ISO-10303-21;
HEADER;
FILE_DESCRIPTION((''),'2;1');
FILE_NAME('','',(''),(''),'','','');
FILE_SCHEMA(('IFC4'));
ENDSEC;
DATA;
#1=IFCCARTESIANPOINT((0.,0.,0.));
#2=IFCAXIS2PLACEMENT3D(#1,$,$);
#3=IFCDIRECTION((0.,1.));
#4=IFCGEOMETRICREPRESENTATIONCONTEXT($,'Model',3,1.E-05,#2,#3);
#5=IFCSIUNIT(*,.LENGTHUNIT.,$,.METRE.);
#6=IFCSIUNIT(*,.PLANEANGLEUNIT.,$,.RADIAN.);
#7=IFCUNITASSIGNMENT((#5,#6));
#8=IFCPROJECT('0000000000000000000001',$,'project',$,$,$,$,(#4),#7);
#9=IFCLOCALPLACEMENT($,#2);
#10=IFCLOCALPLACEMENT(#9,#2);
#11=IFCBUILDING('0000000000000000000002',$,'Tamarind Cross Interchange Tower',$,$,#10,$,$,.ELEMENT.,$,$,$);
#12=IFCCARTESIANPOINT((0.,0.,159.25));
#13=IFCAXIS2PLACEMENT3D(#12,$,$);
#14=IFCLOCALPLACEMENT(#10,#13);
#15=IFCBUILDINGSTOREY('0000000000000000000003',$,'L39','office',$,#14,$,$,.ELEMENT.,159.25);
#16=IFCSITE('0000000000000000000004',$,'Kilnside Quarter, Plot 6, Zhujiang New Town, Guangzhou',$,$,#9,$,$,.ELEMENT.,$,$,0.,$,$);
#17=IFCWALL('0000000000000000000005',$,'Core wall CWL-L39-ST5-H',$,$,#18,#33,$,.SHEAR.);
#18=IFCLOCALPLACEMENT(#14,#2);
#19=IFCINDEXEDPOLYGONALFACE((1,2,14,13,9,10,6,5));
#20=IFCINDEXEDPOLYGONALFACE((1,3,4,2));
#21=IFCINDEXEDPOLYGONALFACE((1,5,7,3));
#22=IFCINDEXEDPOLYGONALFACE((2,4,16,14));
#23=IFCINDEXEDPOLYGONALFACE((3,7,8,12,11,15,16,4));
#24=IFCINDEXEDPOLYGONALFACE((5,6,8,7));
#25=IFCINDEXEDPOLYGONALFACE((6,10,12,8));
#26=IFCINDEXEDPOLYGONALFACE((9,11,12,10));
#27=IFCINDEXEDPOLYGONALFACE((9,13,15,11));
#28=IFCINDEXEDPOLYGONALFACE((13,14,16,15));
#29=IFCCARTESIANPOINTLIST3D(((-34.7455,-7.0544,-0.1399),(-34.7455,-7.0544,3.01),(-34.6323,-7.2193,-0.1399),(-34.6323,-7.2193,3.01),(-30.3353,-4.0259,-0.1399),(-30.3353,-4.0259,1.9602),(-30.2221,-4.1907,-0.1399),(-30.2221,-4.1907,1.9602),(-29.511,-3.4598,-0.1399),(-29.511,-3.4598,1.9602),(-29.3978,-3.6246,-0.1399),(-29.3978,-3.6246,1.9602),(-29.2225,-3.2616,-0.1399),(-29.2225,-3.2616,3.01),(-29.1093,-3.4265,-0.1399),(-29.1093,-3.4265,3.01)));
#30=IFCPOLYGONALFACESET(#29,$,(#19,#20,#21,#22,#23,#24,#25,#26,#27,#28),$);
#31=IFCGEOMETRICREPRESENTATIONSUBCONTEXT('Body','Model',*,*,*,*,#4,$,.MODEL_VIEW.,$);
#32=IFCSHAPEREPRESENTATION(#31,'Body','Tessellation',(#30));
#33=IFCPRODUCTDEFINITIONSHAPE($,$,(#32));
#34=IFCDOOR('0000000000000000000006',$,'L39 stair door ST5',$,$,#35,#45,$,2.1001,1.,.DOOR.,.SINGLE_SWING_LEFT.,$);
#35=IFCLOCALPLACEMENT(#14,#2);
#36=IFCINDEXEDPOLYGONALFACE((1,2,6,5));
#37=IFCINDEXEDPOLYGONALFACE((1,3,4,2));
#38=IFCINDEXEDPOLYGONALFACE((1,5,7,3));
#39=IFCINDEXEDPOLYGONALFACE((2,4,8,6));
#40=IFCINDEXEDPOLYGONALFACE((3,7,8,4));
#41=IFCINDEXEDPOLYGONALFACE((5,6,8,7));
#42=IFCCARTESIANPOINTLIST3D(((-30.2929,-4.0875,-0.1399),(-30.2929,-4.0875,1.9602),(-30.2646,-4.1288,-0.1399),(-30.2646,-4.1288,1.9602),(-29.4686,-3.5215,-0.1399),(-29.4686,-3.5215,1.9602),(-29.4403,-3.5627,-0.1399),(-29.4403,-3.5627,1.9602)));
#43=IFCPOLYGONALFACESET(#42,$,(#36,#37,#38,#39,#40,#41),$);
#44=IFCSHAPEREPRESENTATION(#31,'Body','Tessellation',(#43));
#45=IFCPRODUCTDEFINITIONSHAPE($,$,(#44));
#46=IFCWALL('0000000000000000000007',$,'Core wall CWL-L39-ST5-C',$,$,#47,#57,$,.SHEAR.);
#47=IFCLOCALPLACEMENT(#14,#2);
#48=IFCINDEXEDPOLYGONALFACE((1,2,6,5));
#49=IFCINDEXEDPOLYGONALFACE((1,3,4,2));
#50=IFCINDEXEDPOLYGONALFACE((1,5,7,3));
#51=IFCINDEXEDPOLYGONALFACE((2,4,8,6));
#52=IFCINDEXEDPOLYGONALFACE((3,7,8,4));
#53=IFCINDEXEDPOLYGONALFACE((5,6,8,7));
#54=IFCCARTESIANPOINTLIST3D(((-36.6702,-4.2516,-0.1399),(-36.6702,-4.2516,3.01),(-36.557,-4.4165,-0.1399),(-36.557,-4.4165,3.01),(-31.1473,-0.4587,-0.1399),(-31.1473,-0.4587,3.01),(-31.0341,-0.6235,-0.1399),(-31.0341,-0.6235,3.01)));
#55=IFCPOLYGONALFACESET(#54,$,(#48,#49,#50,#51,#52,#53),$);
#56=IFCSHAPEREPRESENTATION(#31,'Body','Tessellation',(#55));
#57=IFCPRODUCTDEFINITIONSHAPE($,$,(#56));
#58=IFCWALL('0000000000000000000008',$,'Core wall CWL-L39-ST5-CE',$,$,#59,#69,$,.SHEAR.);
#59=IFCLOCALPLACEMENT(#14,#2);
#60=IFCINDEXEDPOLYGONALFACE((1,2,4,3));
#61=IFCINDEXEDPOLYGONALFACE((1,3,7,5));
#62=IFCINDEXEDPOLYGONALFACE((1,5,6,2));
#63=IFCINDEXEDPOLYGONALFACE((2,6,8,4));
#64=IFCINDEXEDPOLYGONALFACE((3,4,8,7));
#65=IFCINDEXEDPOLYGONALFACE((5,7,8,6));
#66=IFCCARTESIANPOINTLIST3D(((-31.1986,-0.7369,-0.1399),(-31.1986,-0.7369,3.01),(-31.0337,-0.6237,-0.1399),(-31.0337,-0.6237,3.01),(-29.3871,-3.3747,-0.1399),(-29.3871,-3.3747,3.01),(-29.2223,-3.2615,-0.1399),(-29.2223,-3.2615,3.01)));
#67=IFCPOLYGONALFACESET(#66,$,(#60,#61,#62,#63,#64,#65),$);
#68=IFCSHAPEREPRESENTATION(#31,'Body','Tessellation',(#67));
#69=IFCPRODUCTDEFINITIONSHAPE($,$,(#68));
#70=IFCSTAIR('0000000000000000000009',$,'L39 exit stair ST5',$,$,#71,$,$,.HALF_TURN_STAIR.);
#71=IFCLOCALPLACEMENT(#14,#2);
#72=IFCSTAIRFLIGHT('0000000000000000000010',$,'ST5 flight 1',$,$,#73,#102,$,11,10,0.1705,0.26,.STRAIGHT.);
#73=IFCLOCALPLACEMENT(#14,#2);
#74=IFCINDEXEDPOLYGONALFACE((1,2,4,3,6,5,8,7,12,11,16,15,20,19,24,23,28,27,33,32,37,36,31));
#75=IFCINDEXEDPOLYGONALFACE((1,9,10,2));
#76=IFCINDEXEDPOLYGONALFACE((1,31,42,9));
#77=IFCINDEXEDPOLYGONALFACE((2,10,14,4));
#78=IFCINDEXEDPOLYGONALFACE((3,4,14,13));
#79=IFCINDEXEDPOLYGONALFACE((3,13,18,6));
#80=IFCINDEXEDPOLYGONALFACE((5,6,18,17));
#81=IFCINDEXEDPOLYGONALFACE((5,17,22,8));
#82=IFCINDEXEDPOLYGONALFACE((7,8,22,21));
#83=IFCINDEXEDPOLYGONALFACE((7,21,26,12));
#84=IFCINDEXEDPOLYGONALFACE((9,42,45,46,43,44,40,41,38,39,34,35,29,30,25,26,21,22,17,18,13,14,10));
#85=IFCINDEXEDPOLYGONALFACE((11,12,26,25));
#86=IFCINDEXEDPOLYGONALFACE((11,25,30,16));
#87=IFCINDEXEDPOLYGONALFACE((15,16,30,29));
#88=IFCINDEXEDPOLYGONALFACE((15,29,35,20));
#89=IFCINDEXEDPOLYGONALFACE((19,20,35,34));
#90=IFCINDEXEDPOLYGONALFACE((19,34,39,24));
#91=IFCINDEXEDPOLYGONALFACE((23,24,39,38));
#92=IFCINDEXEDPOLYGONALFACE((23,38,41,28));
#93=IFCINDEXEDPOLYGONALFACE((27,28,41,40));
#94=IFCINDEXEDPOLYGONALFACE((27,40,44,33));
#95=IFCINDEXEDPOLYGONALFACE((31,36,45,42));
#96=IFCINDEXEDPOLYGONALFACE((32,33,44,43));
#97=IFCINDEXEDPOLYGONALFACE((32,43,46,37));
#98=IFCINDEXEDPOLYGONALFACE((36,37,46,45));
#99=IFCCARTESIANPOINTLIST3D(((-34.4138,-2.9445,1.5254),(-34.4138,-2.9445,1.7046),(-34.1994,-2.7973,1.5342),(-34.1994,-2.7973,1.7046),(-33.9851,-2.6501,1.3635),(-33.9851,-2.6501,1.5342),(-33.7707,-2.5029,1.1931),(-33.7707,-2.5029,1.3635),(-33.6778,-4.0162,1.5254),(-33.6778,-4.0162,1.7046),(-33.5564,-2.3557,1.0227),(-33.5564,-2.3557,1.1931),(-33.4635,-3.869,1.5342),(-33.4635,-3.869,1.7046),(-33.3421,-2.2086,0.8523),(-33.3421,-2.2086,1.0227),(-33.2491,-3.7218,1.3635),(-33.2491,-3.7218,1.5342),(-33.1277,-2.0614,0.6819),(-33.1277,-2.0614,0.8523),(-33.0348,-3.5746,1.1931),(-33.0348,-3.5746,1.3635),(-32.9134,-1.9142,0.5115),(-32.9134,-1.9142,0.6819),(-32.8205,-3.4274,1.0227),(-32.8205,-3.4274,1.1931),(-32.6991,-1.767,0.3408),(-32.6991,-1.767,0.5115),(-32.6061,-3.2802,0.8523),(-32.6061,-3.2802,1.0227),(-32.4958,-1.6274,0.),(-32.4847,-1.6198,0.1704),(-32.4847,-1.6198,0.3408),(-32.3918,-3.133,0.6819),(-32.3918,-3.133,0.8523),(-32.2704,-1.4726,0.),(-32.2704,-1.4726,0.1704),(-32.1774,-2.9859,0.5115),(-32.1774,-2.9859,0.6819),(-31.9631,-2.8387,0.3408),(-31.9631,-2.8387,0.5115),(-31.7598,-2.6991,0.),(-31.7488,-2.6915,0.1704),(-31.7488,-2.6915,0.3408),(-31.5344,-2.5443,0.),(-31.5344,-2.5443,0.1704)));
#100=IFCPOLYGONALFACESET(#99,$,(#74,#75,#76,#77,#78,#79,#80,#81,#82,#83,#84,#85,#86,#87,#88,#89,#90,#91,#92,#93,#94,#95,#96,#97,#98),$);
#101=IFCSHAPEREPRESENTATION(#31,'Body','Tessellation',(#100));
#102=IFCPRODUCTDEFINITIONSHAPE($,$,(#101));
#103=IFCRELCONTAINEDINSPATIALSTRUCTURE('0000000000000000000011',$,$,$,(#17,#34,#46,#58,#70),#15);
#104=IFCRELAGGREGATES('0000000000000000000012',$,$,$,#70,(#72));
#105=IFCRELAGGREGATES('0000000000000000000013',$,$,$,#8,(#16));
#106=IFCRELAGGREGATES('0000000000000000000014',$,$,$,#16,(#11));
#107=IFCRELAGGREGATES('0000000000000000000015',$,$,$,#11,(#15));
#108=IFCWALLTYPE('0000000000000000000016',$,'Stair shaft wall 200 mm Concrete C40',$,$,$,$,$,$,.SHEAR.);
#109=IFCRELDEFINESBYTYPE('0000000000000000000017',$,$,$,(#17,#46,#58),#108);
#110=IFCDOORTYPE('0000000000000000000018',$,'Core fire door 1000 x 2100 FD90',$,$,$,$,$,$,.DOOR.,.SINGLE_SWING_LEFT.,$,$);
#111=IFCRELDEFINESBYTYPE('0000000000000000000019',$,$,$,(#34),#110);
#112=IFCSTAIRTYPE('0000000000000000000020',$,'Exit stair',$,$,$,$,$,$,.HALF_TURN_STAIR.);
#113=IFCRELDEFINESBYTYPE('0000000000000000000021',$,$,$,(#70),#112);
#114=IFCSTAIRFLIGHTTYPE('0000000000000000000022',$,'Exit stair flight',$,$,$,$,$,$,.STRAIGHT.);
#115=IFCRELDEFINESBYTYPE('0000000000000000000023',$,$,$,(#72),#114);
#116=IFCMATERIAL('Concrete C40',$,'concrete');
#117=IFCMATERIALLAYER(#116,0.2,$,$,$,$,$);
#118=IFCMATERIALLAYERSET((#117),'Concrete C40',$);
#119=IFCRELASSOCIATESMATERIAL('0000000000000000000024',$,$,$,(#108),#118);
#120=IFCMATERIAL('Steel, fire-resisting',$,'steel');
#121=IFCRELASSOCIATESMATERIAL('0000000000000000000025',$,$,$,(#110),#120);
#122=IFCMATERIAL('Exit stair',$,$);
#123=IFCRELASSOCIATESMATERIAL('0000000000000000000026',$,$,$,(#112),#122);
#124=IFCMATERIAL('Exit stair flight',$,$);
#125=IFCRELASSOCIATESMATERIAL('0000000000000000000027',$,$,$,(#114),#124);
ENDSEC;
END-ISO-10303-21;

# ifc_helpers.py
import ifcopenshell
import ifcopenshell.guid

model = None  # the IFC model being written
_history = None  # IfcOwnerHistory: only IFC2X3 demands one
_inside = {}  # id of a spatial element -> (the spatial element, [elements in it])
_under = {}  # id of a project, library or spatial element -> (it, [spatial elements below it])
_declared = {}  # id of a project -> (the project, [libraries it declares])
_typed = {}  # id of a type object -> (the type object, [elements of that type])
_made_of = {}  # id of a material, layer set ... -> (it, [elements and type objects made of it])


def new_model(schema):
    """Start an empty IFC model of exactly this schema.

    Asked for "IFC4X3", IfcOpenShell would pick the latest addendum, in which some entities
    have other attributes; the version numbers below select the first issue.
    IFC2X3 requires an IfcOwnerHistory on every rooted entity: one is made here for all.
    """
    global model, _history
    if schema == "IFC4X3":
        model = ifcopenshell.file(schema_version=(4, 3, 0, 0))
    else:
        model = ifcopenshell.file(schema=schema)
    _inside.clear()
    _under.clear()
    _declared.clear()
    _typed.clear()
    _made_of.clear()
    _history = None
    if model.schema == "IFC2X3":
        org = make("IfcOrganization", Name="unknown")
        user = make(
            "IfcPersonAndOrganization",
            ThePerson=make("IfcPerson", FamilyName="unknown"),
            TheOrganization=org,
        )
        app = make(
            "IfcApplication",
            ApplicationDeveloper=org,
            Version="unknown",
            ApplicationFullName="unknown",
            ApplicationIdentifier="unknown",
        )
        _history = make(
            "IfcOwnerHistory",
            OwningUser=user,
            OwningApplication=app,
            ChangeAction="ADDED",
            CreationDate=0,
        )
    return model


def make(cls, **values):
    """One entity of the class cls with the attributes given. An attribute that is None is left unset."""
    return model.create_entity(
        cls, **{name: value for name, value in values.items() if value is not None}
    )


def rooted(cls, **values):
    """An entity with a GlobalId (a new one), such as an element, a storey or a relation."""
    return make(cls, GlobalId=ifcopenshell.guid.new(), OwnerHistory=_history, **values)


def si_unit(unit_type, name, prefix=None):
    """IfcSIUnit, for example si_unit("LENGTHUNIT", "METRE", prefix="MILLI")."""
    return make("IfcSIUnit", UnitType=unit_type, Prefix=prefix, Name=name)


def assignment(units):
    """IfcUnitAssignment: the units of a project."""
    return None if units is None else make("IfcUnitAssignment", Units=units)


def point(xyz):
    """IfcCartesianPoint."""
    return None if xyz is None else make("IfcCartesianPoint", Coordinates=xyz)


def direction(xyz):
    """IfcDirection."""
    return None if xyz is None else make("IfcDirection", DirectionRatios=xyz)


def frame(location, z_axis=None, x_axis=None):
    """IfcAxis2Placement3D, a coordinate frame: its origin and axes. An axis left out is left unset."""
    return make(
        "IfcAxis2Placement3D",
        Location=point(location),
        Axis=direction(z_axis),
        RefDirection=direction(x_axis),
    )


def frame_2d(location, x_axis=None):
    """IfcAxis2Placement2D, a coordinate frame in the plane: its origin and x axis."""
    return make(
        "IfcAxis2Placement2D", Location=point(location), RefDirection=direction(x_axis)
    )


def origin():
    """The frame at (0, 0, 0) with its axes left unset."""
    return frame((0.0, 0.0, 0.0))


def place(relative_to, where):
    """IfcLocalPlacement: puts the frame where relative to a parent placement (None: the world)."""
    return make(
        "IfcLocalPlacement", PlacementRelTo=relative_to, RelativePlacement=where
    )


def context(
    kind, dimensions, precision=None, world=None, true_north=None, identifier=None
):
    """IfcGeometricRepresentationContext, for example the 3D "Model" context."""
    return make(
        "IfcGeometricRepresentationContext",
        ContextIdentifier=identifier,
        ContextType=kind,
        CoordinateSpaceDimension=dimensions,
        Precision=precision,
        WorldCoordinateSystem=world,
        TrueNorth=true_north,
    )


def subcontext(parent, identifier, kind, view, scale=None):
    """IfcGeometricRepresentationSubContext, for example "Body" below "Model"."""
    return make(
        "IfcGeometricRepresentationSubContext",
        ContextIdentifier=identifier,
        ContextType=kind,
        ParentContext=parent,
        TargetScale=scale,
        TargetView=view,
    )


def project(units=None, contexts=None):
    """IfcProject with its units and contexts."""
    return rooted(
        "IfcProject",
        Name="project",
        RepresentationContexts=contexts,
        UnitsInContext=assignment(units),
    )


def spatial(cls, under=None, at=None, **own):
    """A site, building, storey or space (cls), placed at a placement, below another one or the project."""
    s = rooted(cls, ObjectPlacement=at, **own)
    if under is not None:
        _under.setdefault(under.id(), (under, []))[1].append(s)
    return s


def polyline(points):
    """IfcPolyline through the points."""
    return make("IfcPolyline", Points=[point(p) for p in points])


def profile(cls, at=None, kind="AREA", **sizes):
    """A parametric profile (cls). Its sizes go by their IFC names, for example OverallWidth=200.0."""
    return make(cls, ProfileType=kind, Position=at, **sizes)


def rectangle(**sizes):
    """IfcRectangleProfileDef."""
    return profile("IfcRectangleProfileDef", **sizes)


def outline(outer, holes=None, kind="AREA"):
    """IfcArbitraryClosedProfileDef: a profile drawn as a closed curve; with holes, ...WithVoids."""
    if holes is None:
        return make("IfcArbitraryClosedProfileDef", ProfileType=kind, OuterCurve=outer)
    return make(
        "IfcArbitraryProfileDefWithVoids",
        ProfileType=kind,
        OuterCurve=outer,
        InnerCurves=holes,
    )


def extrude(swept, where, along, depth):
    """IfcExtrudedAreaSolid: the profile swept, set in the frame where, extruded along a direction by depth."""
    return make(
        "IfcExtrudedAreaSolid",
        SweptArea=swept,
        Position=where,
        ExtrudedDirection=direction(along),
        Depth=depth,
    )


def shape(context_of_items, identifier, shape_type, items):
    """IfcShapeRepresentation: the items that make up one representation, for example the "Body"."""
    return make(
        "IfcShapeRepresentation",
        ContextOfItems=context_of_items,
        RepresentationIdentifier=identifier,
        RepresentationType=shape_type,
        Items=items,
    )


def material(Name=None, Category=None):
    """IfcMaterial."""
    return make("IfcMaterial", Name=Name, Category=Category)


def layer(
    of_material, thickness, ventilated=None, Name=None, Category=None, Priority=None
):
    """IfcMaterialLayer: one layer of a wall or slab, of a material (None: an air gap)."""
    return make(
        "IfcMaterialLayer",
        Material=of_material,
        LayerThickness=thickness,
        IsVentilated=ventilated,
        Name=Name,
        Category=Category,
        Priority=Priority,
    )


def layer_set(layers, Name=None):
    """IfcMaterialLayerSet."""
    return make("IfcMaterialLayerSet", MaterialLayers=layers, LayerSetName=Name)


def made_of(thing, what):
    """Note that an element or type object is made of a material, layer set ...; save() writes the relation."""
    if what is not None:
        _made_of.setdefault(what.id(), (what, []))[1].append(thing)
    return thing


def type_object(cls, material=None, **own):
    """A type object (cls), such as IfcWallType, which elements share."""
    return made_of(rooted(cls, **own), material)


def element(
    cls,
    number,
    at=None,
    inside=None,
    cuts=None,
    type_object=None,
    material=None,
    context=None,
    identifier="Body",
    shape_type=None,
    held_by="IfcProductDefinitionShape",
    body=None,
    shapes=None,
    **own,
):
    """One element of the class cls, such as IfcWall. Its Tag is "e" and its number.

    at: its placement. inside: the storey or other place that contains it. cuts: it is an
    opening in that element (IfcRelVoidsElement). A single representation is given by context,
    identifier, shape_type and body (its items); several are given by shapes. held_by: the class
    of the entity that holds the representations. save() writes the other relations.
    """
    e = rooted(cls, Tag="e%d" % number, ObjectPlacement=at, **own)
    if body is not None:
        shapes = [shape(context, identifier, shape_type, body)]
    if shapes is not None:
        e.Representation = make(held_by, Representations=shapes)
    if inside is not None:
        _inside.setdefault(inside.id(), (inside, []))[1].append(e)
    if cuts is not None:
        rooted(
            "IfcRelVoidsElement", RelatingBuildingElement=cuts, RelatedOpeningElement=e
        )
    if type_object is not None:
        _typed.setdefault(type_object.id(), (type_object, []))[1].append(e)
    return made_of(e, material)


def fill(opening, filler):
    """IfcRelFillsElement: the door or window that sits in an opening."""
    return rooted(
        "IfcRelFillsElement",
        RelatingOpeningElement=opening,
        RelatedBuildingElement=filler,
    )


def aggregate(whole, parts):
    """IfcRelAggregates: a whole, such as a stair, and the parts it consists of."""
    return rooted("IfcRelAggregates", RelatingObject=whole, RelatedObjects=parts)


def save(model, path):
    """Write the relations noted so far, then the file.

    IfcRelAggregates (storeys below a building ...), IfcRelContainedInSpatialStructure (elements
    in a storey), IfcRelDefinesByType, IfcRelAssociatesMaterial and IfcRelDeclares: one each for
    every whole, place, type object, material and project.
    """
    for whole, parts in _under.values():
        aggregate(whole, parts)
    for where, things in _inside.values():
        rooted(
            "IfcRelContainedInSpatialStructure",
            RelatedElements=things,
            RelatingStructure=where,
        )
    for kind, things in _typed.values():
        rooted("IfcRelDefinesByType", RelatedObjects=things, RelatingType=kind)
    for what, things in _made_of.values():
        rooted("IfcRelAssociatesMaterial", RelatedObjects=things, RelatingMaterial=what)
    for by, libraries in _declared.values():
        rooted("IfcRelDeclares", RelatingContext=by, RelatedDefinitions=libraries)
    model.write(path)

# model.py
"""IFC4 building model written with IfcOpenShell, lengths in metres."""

from ifc_helpers import new_model, si_unit, direction, frame, frame_2d, origin, place, context, subcontext, project, spatial, polyline, rectangle, outline, extrude, material, layer, layer_set, type_object, element, fill, aggregate, save


model = new_model("IFC4")

# Units and contexts
model_context = context("Model", 3, precision=1e-05, world=origin(), true_north=direction((0.0, 1.0)))
body_context = subcontext(model_context, "Body", "Model", "MODEL_VIEW")
ifc_project = project(units=[si_unit("LENGTHUNIT", "METRE"), si_unit("PLANEANGLEUNIT", "RADIAN")], contexts=[model_context])

# Site, building, storey
site_placement = place(None, origin())
site = spatial("IfcSite", under=ifc_project, at=site_placement, Name="Kilnside Quarter, Plot 6, Zhujiang New Town, Guangzhou", CompositionType="ELEMENT", RefElevation=0.0)
building_placement = place(site_placement, origin())
building = spatial("IfcBuilding", under=site, at=building_placement, Name="Tamarind Cross Interchange Tower", CompositionType="ELEMENT")
storey_placement = place(building_placement, frame((0.0, 0.0, 159.25)))
storey = spatial("IfcBuildingStorey", under=building, at=storey_placement, Name="L39", Description="office", CompositionType="ELEMENT", Elevation=159.25)

# Wall, opening, door
ifc_material_1 = material(Name="Concrete C40", Category="concrete")
ifc_layer_1 = layer(ifc_material_1, 0.2)
ifc_layer_set_1 = layer_set([ifc_layer_1], Name="Concrete C40")
wall_type_1 = type_object("IfcWallType", Name="Stair shaft wall 200 mm Concrete C40", PredefinedType="SHEAR", material=ifc_layer_set_1)
wall_1_placement = place(storey_placement, frame((-29.1658, -3.344, -0.1399), z_axis=(0.0, 0.0, 1.0), x_axis=(-0.824342, -0.566093, 0.0)))
wall_1 = element("IfcWall", 1, at=wall_1_placement, inside=storey, type_object=wall_type_1, Name="Core wall CWL-L39-ST5-H", PredefinedType="SHEAR", context=body_context, shape_type="SweptSolid", body=[
    extrude(rectangle(XDim=6.7, YDim=0.2, at=frame_2d((3.3501, 0.0))), origin(), (0.0, 0.0, 1.0), 3.1499),
])
opening_1_placement = place(wall_1_placement, frame((0.3501, 0.0, 0.0)))
opening_1 = element("IfcOpeningElement", 2, at=opening_1_placement, cuts=wall_1, PredefinedType="OPENING", context=body_context, shape_type="SweptSolid", body=[
    extrude(rectangle(XDim=1.0, YDim=2.1001, at=frame_2d((0.5, 1.05))), frame((0.0, 0.1099, 0.0), z_axis=(0.0, -1.0, 0.0), x_axis=(1.0, 0.0, 0.0)), (0.0, 0.0, 1.0), 0.22),
])
ifc_material_2 = material(Name="Steel, fire-resisting", Category="steel")
door_type_1 = type_object("IfcDoorType", Name="Core fire door 1000 x 2100 FD90", OperationType="SINGLE_SWING_LEFT", PredefinedType="DOOR", material=ifc_material_2)
door_1_placement = place(opening_1_placement, origin())
door_1 = element("IfcDoor", 3, at=door_1_placement, inside=storey, type_object=door_type_1, Name="L39 stair door ST5", OperationType="SINGLE_SWING_LEFT", OverallHeight=2.1001, OverallWidth=1.0, PredefinedType="DOOR", context=body_context, shape_type="SweptSolid", body=[
    extrude(rectangle(XDim=1.0, YDim=2.1001, at=frame_2d((0.5, 1.05))), frame((0.0, 0.0249, 0.0), z_axis=(0.0, -1.0, 0.0), x_axis=(1.0, 0.0, 0.0)), (0.0, 0.0, 1.0), 0.05),
])
fill(opening_1, door_1)

# Walls
wall_2_placement = place(storey_placement, frame((-31.0906, -0.541, -0.1399), z_axis=(0.0, 0.0, 1.0), x_axis=(-0.824325, -0.566117, 0.0)))
element("IfcWall", 4, at=wall_2_placement, inside=storey, type_object=wall_type_1, Name="Core wall CWL-L39-ST5-C", PredefinedType="SHEAR", context=body_context, shape_type="SweptSolid", body=[
    extrude(rectangle(XDim=6.7, YDim=0.2, at=frame_2d((3.3501, 0.0))), origin(), (0.0, 0.0, 1.0), 3.1499),
])
wall_3_placement = place(storey_placement, frame((-31.1162, -0.6802, -0.1399), z_axis=(0.0, 0.0, 1.0), x_axis=(0.566092, -0.824342, 0.0)))
element("IfcWall", 5, at=wall_3_placement, inside=storey, type_object=wall_type_1, Name="Core wall CWL-L39-ST5-CE", PredefinedType="SHEAR", context=body_context, shape_type="SweptSolid", body=[
    extrude(rectangle(XDim=3.2, YDim=0.2, at=frame_2d((1.6001, 0.0))), origin(), (0.0, 0.0, 1.0), 3.1499),
])

# Stair, stair flight
ifc_material_3 = material(Name="Exit stair")
stair_type = type_object("IfcStairType", Name="Exit stair", PredefinedType="HALF_TURN_STAIR", material=ifc_material_3)
stair_placement = place(storey_placement, origin())
stair = element("IfcStair", 6, at=stair_placement, inside=storey, type_object=stair_type, Name="L39 exit stair ST5", PredefinedType="HALF_TURN_STAIR")
ifc_material_4 = material(Name="Exit stair flight")
stair_flight_type = type_object("IfcStairFlightType", Name="Exit stair flight", PredefinedType="STRAIGHT", material=ifc_material_4)
stair_flight_placement = place(storey_placement, frame((-31.9023, -2.0085, 0.0), z_axis=(0.0, 0.0, 1.0), x_axis=(-0.82434, -0.566096, 0.0)))
stair_flight = element("IfcStairFlight", 7, at=stair_flight_placement, type_object=stair_flight_type, Name="ST5 flight 1", NumberOfRisers=11, NumberOfTreads=10, PredefinedType="STRAIGHT", RiserHeight=0.1705, TreadLength=0.26, context=body_context, shape_type="SweptSolid", body=[
    extrude(outline(polyline([(0.0, 0.0), (0.0, 0.1704), (0.26, 0.1704), (0.26, 0.3408), (0.52, 0.3408), (0.52, 0.5115), (0.78, 0.5115), (0.78, 0.6819), (1.04, 0.6819), (1.04, 0.8523), (1.3, 0.8523), (1.3, 1.0227), (1.5601, 1.0227), (1.5601, 1.1931), (1.8201, 1.1931), (1.8201, 1.3635), (2.0801, 1.3635), (2.0801, 1.5342), (2.3401, 1.5342), (2.3401, 1.7046), (2.6001, 1.7046), (2.6001, 1.875), (2.6001, 1.5254), (0.2734, 0.0), (0.0, 0.0)])), frame((0.0, 0.6499, 0.0), z_axis=(0.0, -1.0, 0.0), x_axis=(1.0, 0.0, 0.0)), (0.0, 0.0, 1.0), 1.3),
])
aggregate(stair, [stair_flight])

save(model, "model.ifc")
